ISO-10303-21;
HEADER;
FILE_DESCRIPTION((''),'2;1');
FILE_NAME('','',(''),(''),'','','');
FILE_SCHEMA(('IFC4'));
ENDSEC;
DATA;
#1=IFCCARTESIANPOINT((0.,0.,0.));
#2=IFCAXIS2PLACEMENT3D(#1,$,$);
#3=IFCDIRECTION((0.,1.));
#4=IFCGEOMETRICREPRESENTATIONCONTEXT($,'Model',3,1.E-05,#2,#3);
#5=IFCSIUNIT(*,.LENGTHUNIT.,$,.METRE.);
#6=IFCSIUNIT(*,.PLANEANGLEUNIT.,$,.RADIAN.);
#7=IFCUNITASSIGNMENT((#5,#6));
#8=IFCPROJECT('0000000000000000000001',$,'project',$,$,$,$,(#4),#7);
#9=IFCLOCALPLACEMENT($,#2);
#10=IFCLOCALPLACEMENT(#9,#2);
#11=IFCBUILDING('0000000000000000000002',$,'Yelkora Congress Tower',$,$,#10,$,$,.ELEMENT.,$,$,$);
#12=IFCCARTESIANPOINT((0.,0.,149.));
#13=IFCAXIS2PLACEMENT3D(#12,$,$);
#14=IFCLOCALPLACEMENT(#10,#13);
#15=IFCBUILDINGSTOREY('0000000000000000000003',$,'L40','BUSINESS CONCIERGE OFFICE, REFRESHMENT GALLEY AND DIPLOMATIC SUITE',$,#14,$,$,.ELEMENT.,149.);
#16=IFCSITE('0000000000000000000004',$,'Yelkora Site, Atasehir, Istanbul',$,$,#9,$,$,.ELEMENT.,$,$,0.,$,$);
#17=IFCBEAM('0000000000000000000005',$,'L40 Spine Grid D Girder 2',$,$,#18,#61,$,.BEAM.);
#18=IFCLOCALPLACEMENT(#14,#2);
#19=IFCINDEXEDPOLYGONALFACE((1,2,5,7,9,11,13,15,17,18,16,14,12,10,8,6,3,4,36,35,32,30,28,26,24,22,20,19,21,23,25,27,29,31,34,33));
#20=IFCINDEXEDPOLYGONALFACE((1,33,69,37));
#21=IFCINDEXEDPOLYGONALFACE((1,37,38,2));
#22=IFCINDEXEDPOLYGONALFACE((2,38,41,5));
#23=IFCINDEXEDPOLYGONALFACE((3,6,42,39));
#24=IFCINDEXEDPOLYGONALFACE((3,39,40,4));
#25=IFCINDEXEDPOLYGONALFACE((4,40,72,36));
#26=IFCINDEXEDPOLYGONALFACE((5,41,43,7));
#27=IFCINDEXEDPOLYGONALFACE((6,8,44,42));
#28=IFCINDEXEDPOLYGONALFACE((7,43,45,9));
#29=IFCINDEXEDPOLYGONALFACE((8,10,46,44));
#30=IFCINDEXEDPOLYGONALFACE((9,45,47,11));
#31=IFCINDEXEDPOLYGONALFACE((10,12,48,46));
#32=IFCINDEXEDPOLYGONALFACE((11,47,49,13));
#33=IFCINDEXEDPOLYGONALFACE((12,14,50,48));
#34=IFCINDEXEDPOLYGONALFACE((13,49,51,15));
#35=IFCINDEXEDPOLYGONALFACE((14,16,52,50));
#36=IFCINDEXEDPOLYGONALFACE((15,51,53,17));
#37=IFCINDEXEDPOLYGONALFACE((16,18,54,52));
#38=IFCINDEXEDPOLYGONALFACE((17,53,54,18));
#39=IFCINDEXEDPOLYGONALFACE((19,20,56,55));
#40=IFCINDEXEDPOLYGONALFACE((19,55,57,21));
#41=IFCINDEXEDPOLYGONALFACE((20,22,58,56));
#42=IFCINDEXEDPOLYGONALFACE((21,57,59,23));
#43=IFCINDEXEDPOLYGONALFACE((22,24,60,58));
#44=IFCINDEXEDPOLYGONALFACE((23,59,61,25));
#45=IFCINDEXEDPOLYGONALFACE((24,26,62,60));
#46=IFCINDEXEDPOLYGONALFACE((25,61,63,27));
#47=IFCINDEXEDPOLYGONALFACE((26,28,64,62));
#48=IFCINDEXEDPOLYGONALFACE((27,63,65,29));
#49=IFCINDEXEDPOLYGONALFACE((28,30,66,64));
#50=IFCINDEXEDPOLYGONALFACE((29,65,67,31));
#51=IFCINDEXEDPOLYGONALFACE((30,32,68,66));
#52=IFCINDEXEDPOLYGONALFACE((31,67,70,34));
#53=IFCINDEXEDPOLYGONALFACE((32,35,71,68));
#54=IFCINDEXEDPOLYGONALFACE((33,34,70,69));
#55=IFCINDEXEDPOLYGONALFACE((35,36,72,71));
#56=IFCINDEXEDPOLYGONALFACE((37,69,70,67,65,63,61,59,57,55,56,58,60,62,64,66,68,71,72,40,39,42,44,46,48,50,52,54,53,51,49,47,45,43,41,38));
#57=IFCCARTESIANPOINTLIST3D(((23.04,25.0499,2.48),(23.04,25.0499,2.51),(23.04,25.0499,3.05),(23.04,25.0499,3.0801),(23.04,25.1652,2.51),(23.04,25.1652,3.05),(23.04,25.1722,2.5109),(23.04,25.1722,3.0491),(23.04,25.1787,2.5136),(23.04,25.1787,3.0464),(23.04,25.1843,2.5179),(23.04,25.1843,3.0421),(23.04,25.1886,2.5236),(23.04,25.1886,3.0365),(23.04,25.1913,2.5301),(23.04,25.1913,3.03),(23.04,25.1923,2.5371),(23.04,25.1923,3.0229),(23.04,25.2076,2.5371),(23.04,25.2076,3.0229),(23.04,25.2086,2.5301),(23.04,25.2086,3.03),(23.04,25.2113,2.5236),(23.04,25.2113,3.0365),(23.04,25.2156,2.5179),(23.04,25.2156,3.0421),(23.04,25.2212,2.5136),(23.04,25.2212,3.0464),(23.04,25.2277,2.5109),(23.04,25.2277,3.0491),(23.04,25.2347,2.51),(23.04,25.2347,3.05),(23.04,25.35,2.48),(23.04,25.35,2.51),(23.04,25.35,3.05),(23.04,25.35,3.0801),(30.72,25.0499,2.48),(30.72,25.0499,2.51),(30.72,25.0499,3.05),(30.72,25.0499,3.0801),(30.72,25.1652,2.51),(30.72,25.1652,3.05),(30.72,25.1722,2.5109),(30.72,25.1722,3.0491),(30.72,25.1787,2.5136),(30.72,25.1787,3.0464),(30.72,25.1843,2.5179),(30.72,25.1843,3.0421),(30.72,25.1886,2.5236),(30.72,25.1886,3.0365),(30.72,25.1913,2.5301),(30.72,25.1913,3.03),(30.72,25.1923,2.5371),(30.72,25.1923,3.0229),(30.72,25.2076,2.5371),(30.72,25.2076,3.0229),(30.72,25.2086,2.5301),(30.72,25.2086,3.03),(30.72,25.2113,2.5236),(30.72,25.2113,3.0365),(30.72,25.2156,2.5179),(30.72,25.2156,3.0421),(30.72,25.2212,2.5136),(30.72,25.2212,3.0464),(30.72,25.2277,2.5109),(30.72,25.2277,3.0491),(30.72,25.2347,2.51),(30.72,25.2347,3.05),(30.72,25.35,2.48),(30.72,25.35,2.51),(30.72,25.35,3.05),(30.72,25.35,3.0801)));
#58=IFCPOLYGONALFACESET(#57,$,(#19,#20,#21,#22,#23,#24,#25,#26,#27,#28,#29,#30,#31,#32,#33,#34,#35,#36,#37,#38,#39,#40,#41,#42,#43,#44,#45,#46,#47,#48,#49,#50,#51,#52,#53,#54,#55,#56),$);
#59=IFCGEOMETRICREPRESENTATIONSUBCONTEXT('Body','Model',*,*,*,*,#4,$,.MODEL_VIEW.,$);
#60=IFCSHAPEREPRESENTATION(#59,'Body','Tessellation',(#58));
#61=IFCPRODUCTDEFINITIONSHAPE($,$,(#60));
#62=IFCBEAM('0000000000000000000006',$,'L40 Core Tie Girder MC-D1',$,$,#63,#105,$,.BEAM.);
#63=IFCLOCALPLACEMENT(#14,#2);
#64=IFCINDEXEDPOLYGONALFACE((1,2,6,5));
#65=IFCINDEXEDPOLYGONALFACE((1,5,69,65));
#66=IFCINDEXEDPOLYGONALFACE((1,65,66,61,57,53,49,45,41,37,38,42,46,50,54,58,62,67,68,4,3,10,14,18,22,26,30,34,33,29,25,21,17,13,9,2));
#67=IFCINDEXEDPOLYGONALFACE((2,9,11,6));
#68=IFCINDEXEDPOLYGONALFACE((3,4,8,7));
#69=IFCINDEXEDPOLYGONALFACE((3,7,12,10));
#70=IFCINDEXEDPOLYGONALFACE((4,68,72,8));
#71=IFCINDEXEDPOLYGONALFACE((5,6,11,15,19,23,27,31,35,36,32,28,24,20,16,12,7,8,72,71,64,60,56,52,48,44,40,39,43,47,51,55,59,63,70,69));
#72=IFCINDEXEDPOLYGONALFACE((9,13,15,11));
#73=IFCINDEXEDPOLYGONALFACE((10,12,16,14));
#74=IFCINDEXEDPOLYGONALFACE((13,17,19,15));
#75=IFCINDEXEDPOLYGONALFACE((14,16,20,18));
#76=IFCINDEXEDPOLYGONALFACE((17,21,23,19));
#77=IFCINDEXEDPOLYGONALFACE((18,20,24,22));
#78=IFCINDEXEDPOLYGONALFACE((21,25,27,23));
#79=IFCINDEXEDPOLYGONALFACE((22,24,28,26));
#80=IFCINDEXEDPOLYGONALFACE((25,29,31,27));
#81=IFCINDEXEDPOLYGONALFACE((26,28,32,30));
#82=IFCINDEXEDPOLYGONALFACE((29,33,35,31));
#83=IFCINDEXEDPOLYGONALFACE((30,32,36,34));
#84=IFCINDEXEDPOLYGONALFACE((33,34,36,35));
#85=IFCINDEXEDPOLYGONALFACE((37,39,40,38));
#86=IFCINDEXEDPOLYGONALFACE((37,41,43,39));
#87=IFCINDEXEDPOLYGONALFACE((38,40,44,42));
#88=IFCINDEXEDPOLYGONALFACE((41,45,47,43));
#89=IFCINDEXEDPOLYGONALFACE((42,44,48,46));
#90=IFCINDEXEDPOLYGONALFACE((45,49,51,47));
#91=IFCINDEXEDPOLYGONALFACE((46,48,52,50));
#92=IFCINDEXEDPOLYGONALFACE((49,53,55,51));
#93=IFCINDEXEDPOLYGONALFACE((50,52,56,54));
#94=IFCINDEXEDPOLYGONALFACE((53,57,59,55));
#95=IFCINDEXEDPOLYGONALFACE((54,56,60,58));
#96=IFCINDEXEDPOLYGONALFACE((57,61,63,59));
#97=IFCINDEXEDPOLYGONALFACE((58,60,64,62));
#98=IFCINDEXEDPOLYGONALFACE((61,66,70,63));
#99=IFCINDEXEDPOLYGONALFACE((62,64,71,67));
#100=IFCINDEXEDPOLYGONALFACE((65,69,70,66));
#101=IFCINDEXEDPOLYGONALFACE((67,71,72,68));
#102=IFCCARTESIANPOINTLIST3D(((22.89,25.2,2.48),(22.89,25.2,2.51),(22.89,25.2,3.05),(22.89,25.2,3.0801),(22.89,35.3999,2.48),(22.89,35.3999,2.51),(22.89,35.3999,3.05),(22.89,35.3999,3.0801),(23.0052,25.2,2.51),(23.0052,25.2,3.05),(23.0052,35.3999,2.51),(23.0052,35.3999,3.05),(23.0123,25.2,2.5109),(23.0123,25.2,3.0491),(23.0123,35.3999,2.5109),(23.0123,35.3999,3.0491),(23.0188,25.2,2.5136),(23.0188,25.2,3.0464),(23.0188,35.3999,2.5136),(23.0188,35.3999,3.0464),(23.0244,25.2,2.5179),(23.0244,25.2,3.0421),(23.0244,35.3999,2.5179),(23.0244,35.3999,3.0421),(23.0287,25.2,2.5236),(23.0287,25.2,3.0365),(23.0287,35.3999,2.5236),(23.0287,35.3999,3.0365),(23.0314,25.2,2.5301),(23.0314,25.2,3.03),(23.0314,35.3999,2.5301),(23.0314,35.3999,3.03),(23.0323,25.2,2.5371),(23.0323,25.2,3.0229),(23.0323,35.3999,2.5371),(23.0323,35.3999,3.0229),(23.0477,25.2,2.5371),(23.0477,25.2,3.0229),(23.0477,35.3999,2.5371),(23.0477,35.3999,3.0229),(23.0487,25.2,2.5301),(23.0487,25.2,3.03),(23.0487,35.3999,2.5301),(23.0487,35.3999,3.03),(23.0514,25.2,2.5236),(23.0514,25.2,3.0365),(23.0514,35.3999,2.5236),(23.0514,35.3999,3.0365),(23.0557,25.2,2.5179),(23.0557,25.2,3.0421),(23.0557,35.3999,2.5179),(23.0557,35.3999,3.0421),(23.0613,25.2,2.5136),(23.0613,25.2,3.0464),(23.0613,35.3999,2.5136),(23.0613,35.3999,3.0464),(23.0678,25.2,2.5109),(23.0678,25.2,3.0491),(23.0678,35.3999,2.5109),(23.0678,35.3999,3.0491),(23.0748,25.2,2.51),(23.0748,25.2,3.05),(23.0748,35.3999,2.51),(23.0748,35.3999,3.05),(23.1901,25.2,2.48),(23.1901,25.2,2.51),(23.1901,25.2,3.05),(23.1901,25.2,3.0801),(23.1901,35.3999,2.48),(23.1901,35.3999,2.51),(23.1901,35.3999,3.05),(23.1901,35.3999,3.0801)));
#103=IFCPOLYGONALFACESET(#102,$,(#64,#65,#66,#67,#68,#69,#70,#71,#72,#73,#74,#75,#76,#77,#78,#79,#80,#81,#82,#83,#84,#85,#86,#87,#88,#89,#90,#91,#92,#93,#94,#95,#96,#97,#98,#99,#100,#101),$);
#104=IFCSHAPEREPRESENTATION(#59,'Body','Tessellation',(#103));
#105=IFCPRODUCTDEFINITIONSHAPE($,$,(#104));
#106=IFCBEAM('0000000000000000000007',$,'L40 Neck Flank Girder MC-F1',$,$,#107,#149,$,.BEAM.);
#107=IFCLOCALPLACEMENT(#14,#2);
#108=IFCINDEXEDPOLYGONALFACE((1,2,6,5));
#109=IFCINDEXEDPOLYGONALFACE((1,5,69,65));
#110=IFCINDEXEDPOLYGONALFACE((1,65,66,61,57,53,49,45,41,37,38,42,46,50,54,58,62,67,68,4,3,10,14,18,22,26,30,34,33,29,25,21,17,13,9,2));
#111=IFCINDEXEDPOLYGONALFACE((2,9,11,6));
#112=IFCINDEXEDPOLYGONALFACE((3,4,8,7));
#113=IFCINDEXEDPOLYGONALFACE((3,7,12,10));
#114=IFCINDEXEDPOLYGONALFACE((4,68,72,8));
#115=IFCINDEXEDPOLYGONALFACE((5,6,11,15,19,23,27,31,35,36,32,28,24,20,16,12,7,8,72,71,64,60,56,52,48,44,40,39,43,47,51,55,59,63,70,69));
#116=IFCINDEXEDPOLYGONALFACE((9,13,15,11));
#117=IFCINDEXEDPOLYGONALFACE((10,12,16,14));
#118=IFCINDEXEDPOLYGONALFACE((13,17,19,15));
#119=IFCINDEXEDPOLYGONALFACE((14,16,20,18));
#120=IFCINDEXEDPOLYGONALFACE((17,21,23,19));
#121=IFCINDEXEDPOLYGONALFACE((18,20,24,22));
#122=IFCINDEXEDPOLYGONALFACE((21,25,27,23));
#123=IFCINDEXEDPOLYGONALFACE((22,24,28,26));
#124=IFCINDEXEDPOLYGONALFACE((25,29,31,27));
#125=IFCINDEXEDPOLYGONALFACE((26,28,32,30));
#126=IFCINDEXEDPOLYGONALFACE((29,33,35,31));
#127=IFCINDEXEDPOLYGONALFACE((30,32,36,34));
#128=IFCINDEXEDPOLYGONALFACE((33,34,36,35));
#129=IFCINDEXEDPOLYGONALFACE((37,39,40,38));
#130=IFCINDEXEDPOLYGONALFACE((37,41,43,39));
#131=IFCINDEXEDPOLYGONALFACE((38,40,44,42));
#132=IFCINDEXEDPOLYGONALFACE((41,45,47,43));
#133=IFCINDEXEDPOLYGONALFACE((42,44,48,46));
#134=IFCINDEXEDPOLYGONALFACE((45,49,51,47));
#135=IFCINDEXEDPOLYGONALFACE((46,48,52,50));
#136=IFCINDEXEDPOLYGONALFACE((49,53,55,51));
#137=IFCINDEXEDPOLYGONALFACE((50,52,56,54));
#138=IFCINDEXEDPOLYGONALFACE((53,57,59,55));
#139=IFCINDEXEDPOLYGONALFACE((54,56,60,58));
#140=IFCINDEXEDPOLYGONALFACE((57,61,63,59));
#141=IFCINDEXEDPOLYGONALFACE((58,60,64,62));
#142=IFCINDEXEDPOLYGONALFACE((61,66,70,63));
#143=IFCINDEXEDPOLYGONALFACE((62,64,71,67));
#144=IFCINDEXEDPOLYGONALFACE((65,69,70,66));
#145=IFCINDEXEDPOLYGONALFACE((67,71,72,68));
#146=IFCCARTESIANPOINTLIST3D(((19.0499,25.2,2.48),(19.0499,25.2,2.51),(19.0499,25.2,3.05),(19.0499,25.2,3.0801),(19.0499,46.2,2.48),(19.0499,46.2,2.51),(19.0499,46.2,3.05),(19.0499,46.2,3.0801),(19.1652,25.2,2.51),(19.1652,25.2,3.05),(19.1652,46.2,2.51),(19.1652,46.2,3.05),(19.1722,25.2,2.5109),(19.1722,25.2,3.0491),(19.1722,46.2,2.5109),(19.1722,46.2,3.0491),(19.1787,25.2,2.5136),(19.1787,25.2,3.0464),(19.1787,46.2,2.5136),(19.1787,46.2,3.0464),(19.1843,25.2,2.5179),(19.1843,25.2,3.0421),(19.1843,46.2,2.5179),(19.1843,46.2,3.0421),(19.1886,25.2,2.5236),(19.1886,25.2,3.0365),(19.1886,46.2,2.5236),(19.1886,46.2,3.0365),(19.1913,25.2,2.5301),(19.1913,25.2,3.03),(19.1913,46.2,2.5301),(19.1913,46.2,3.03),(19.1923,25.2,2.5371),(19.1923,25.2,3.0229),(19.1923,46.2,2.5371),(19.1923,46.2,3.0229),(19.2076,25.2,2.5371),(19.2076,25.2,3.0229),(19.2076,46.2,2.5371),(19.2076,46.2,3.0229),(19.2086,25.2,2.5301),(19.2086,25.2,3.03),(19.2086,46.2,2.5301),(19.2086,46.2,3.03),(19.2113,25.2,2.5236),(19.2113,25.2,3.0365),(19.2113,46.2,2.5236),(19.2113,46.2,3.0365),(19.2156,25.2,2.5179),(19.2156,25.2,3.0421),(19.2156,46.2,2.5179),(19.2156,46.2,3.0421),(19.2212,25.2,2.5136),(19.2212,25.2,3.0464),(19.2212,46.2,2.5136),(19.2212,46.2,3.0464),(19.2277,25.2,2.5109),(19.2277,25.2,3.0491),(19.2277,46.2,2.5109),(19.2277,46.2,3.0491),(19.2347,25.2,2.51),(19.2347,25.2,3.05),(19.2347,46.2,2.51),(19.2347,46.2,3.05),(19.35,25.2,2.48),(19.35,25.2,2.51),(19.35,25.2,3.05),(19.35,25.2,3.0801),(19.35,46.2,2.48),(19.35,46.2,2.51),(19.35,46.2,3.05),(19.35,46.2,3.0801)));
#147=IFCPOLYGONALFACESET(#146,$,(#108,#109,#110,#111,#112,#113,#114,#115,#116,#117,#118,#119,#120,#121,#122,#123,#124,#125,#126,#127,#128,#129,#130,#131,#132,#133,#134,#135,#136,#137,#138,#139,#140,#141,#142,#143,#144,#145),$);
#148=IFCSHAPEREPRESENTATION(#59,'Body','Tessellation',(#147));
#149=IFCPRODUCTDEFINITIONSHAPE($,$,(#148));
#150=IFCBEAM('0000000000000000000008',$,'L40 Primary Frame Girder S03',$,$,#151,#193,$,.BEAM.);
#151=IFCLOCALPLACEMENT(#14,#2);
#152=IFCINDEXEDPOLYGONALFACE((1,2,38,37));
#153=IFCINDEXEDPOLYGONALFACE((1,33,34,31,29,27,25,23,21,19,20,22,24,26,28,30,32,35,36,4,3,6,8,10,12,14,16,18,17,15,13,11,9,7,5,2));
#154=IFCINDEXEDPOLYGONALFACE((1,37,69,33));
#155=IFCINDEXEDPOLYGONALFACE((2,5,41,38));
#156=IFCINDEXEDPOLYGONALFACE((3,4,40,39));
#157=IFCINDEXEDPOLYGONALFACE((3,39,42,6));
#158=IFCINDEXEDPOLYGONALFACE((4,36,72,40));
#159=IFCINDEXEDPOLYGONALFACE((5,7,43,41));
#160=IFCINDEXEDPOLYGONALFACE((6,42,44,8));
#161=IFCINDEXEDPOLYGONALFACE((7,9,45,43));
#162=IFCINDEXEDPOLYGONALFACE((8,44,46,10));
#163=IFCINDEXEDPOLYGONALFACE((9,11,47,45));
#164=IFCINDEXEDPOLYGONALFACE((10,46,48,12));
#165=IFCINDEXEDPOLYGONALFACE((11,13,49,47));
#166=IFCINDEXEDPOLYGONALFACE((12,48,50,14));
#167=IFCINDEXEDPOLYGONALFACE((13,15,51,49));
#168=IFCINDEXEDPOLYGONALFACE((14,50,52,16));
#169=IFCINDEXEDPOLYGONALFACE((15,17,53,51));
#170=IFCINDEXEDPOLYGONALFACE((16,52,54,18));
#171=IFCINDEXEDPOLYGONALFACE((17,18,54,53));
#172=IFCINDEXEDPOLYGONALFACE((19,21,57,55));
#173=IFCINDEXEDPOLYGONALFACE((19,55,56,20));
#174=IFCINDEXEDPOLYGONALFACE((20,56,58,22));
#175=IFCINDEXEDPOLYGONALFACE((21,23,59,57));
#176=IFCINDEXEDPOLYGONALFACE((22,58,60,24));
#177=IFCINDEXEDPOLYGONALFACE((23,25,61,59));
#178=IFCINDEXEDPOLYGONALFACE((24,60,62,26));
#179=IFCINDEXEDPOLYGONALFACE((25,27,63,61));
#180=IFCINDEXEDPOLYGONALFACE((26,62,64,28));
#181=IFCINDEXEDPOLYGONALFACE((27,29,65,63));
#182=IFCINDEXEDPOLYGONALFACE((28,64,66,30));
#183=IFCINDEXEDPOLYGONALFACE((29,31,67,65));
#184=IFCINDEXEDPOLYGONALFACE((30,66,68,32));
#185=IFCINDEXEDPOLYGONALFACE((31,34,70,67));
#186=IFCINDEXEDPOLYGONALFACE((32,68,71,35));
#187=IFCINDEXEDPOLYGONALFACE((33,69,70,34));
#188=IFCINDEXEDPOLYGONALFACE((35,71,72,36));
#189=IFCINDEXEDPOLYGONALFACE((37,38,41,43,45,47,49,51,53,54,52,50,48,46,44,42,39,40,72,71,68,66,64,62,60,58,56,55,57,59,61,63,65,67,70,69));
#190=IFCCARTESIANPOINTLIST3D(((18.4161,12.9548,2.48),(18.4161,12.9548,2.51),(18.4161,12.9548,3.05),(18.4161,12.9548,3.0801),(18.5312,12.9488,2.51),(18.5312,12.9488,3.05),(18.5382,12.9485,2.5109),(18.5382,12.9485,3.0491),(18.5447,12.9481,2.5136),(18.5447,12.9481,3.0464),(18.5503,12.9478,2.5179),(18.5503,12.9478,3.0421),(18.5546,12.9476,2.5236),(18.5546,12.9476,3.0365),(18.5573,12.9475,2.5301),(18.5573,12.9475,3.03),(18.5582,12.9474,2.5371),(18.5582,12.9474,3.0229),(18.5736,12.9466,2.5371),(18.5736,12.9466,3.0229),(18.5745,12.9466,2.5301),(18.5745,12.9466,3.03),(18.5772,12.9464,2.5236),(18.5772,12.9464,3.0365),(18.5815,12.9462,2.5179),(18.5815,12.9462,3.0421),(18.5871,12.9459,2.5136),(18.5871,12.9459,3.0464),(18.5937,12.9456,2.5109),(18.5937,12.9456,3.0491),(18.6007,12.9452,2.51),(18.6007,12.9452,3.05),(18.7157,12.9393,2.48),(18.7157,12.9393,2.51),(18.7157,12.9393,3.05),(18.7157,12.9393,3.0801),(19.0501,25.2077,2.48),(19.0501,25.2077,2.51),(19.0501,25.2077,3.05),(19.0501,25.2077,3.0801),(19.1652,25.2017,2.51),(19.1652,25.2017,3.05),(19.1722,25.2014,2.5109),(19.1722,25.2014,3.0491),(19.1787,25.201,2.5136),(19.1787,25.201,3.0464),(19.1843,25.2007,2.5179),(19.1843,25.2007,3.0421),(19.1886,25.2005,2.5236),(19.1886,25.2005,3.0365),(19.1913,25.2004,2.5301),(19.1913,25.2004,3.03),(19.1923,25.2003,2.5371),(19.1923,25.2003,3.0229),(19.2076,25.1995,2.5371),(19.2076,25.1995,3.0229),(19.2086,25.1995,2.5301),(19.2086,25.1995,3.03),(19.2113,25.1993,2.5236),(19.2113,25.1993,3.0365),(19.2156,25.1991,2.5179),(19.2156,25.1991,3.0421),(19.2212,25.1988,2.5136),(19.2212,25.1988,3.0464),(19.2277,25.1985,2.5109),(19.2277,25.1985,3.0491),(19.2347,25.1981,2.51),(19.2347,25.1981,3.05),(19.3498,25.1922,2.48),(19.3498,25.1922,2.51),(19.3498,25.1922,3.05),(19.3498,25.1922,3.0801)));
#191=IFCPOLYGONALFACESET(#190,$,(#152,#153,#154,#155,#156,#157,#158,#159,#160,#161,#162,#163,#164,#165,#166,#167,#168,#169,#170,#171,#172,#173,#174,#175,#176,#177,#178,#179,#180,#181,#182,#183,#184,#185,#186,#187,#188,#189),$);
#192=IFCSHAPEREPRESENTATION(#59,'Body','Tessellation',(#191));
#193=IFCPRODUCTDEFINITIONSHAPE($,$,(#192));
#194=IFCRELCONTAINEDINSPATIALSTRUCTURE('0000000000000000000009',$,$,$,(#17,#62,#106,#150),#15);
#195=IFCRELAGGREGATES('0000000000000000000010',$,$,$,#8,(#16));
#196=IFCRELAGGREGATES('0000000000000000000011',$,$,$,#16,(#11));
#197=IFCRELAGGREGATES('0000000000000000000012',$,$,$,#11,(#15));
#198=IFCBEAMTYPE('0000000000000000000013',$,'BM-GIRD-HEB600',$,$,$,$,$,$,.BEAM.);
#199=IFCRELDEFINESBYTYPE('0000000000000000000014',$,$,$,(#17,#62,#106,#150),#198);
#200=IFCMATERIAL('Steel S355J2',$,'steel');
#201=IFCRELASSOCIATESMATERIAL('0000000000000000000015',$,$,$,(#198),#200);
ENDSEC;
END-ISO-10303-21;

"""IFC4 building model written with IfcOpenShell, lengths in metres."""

from ifc_helpers import new_model, si_unit, direction, frame, origin, origin_2d, place, context, subcontext, project, spatial, i_section, extrude, material, material_profile, profile_set, type_object, element, save


model = new_model("IFC4")

# Units and contexts
model_context = context("Model", 3, precision=1e-05, world=origin(), true_north=direction((0.0, 1.0)))
body_context = subcontext(model_context, "Body", "Model", "MODEL_VIEW")
ifc_project = project(units=[si_unit("LENGTHUNIT", "METRE"), si_unit("PLANEANGLEUNIT", "RADIAN")], contexts=[model_context])

# Site, building, storey
site_placement = place(None, origin())
site = spatial("IfcSite", under=ifc_project, at=site_placement, Name="Yelkora Site, Atasehir, Istanbul", CompositionType="ELEMENT", RefElevation=0.0)
building_placement = place(site_placement, origin())
building = spatial("IfcBuilding", under=site, at=building_placement, Name="Yelkora Congress Tower", CompositionType="ELEMENT")
storey_placement = place(building_placement, frame((0.0, 0.0, 149.0)))
storey = spatial("IfcBuildingStorey", under=building, at=storey_placement, Name="L40", Description="BUSINESS CONCIERGE OFFICE, REFRESHMENT GALLEY AND DIPLOMATIC SUITE", CompositionType="ELEMENT", Elevation=149.0)

# Beams
ifc_material_1 = material(Name="Steel S355J2", Category="steel")
ifc_material_profile_1 = material_profile(ifc_material_1, i_section(OverallWidth=0.3, OverallDepth=0.6001, WebThickness=0.0154, FlangeThickness=0.03, FilletRadius=0.0271, at=origin_2d()), Name="HEB 600")
ifc_profile_set_1 = profile_set([ifc_material_profile_1], Name="Steel S355J2")
beam_type_1 = type_object("IfcBeamType", Name="BM-GIRD-HEB600", PredefinedType="BEAM", material=ifc_profile_set_1)
beam_1_placement = place(storey_placement, frame((23.04, 25.2, 2.78), z_axis=(1.0, 0.0, 0.0), x_axis=(0.0, 1.0, 0.0)))
element("IfcBeam", 1, at=beam_1_placement, inside=storey, type_object=beam_type_1, Name="L40 Spine Grid D Girder 2", PredefinedType="BEAM", context=body_context, shape_type="SweptSolid", body=[
    extrude(i_section(OverallWidth=0.3, OverallDepth=0.6001, WebThickness=0.0154, FlangeThickness=0.03, FilletRadius=0.0271, at=origin_2d()), origin(), (0.0, 0.0, 1.0), 7.6799),
])
beam_2_placement = place(storey_placement, frame((23.04, 25.2, 2.78), z_axis=(0.0, 1.0, 0.0), x_axis=(-1.0, 0.0, 0.0)))
element("IfcBeam", 2, at=beam_2_placement, inside=storey, type_object=beam_type_1, Name="L40 Core Tie Girder MC-D1", PredefinedType="BEAM", context=body_context, shape_type="SweptSolid", body=[
    extrude(i_section(OverallWidth=0.3, OverallDepth=0.6001, WebThickness=0.0154, FlangeThickness=0.03, FilletRadius=0.0271, at=origin_2d()), origin(), (0.0, 0.0, 1.0), 10.2),
])
beam_3_placement = place(storey_placement, frame((19.2, 25.2, 2.78), z_axis=(0.0, 1.0, 0.0), x_axis=(-1.0, 0.0, 0.0)))
element("IfcBeam", 3, at=beam_3_placement, inside=storey, type_object=beam_type_1, Name="L40 Neck Flank Girder MC-F1", PredefinedType="BEAM", context=body_context, shape_type="SweptSolid", body=[
    extrude(i_section(OverallWidth=0.3, OverallDepth=0.6001, WebThickness=0.0154, FlangeThickness=0.03, FilletRadius=0.0271, at=origin_2d()), origin(), (0.0, 0.0, 1.0), 21.0),
])
beam_4_placement = place(storey_placement, frame((18.5659, 12.947, 2.78), z_axis=(0.051676, 0.998664, 0.0), x_axis=(-0.998664, 0.051676, 0.0)))
element("IfcBeam", 4, at=beam_4_placement, inside=storey, type_object=beam_type_1, Name="L40 Primary Frame Girder S03", PredefinedType="BEAM", context=body_context, shape_type="SweptSolid", body=[
    extrude(i_section(OverallWidth=0.3, OverallDepth=0.6001, WebThickness=0.0154, FlangeThickness=0.03, FilletRadius=0.0271, at=origin_2d()), origin(), (0.0, 0.0, 1.0), 12.2693),
])

save(model, "model.ifc")
